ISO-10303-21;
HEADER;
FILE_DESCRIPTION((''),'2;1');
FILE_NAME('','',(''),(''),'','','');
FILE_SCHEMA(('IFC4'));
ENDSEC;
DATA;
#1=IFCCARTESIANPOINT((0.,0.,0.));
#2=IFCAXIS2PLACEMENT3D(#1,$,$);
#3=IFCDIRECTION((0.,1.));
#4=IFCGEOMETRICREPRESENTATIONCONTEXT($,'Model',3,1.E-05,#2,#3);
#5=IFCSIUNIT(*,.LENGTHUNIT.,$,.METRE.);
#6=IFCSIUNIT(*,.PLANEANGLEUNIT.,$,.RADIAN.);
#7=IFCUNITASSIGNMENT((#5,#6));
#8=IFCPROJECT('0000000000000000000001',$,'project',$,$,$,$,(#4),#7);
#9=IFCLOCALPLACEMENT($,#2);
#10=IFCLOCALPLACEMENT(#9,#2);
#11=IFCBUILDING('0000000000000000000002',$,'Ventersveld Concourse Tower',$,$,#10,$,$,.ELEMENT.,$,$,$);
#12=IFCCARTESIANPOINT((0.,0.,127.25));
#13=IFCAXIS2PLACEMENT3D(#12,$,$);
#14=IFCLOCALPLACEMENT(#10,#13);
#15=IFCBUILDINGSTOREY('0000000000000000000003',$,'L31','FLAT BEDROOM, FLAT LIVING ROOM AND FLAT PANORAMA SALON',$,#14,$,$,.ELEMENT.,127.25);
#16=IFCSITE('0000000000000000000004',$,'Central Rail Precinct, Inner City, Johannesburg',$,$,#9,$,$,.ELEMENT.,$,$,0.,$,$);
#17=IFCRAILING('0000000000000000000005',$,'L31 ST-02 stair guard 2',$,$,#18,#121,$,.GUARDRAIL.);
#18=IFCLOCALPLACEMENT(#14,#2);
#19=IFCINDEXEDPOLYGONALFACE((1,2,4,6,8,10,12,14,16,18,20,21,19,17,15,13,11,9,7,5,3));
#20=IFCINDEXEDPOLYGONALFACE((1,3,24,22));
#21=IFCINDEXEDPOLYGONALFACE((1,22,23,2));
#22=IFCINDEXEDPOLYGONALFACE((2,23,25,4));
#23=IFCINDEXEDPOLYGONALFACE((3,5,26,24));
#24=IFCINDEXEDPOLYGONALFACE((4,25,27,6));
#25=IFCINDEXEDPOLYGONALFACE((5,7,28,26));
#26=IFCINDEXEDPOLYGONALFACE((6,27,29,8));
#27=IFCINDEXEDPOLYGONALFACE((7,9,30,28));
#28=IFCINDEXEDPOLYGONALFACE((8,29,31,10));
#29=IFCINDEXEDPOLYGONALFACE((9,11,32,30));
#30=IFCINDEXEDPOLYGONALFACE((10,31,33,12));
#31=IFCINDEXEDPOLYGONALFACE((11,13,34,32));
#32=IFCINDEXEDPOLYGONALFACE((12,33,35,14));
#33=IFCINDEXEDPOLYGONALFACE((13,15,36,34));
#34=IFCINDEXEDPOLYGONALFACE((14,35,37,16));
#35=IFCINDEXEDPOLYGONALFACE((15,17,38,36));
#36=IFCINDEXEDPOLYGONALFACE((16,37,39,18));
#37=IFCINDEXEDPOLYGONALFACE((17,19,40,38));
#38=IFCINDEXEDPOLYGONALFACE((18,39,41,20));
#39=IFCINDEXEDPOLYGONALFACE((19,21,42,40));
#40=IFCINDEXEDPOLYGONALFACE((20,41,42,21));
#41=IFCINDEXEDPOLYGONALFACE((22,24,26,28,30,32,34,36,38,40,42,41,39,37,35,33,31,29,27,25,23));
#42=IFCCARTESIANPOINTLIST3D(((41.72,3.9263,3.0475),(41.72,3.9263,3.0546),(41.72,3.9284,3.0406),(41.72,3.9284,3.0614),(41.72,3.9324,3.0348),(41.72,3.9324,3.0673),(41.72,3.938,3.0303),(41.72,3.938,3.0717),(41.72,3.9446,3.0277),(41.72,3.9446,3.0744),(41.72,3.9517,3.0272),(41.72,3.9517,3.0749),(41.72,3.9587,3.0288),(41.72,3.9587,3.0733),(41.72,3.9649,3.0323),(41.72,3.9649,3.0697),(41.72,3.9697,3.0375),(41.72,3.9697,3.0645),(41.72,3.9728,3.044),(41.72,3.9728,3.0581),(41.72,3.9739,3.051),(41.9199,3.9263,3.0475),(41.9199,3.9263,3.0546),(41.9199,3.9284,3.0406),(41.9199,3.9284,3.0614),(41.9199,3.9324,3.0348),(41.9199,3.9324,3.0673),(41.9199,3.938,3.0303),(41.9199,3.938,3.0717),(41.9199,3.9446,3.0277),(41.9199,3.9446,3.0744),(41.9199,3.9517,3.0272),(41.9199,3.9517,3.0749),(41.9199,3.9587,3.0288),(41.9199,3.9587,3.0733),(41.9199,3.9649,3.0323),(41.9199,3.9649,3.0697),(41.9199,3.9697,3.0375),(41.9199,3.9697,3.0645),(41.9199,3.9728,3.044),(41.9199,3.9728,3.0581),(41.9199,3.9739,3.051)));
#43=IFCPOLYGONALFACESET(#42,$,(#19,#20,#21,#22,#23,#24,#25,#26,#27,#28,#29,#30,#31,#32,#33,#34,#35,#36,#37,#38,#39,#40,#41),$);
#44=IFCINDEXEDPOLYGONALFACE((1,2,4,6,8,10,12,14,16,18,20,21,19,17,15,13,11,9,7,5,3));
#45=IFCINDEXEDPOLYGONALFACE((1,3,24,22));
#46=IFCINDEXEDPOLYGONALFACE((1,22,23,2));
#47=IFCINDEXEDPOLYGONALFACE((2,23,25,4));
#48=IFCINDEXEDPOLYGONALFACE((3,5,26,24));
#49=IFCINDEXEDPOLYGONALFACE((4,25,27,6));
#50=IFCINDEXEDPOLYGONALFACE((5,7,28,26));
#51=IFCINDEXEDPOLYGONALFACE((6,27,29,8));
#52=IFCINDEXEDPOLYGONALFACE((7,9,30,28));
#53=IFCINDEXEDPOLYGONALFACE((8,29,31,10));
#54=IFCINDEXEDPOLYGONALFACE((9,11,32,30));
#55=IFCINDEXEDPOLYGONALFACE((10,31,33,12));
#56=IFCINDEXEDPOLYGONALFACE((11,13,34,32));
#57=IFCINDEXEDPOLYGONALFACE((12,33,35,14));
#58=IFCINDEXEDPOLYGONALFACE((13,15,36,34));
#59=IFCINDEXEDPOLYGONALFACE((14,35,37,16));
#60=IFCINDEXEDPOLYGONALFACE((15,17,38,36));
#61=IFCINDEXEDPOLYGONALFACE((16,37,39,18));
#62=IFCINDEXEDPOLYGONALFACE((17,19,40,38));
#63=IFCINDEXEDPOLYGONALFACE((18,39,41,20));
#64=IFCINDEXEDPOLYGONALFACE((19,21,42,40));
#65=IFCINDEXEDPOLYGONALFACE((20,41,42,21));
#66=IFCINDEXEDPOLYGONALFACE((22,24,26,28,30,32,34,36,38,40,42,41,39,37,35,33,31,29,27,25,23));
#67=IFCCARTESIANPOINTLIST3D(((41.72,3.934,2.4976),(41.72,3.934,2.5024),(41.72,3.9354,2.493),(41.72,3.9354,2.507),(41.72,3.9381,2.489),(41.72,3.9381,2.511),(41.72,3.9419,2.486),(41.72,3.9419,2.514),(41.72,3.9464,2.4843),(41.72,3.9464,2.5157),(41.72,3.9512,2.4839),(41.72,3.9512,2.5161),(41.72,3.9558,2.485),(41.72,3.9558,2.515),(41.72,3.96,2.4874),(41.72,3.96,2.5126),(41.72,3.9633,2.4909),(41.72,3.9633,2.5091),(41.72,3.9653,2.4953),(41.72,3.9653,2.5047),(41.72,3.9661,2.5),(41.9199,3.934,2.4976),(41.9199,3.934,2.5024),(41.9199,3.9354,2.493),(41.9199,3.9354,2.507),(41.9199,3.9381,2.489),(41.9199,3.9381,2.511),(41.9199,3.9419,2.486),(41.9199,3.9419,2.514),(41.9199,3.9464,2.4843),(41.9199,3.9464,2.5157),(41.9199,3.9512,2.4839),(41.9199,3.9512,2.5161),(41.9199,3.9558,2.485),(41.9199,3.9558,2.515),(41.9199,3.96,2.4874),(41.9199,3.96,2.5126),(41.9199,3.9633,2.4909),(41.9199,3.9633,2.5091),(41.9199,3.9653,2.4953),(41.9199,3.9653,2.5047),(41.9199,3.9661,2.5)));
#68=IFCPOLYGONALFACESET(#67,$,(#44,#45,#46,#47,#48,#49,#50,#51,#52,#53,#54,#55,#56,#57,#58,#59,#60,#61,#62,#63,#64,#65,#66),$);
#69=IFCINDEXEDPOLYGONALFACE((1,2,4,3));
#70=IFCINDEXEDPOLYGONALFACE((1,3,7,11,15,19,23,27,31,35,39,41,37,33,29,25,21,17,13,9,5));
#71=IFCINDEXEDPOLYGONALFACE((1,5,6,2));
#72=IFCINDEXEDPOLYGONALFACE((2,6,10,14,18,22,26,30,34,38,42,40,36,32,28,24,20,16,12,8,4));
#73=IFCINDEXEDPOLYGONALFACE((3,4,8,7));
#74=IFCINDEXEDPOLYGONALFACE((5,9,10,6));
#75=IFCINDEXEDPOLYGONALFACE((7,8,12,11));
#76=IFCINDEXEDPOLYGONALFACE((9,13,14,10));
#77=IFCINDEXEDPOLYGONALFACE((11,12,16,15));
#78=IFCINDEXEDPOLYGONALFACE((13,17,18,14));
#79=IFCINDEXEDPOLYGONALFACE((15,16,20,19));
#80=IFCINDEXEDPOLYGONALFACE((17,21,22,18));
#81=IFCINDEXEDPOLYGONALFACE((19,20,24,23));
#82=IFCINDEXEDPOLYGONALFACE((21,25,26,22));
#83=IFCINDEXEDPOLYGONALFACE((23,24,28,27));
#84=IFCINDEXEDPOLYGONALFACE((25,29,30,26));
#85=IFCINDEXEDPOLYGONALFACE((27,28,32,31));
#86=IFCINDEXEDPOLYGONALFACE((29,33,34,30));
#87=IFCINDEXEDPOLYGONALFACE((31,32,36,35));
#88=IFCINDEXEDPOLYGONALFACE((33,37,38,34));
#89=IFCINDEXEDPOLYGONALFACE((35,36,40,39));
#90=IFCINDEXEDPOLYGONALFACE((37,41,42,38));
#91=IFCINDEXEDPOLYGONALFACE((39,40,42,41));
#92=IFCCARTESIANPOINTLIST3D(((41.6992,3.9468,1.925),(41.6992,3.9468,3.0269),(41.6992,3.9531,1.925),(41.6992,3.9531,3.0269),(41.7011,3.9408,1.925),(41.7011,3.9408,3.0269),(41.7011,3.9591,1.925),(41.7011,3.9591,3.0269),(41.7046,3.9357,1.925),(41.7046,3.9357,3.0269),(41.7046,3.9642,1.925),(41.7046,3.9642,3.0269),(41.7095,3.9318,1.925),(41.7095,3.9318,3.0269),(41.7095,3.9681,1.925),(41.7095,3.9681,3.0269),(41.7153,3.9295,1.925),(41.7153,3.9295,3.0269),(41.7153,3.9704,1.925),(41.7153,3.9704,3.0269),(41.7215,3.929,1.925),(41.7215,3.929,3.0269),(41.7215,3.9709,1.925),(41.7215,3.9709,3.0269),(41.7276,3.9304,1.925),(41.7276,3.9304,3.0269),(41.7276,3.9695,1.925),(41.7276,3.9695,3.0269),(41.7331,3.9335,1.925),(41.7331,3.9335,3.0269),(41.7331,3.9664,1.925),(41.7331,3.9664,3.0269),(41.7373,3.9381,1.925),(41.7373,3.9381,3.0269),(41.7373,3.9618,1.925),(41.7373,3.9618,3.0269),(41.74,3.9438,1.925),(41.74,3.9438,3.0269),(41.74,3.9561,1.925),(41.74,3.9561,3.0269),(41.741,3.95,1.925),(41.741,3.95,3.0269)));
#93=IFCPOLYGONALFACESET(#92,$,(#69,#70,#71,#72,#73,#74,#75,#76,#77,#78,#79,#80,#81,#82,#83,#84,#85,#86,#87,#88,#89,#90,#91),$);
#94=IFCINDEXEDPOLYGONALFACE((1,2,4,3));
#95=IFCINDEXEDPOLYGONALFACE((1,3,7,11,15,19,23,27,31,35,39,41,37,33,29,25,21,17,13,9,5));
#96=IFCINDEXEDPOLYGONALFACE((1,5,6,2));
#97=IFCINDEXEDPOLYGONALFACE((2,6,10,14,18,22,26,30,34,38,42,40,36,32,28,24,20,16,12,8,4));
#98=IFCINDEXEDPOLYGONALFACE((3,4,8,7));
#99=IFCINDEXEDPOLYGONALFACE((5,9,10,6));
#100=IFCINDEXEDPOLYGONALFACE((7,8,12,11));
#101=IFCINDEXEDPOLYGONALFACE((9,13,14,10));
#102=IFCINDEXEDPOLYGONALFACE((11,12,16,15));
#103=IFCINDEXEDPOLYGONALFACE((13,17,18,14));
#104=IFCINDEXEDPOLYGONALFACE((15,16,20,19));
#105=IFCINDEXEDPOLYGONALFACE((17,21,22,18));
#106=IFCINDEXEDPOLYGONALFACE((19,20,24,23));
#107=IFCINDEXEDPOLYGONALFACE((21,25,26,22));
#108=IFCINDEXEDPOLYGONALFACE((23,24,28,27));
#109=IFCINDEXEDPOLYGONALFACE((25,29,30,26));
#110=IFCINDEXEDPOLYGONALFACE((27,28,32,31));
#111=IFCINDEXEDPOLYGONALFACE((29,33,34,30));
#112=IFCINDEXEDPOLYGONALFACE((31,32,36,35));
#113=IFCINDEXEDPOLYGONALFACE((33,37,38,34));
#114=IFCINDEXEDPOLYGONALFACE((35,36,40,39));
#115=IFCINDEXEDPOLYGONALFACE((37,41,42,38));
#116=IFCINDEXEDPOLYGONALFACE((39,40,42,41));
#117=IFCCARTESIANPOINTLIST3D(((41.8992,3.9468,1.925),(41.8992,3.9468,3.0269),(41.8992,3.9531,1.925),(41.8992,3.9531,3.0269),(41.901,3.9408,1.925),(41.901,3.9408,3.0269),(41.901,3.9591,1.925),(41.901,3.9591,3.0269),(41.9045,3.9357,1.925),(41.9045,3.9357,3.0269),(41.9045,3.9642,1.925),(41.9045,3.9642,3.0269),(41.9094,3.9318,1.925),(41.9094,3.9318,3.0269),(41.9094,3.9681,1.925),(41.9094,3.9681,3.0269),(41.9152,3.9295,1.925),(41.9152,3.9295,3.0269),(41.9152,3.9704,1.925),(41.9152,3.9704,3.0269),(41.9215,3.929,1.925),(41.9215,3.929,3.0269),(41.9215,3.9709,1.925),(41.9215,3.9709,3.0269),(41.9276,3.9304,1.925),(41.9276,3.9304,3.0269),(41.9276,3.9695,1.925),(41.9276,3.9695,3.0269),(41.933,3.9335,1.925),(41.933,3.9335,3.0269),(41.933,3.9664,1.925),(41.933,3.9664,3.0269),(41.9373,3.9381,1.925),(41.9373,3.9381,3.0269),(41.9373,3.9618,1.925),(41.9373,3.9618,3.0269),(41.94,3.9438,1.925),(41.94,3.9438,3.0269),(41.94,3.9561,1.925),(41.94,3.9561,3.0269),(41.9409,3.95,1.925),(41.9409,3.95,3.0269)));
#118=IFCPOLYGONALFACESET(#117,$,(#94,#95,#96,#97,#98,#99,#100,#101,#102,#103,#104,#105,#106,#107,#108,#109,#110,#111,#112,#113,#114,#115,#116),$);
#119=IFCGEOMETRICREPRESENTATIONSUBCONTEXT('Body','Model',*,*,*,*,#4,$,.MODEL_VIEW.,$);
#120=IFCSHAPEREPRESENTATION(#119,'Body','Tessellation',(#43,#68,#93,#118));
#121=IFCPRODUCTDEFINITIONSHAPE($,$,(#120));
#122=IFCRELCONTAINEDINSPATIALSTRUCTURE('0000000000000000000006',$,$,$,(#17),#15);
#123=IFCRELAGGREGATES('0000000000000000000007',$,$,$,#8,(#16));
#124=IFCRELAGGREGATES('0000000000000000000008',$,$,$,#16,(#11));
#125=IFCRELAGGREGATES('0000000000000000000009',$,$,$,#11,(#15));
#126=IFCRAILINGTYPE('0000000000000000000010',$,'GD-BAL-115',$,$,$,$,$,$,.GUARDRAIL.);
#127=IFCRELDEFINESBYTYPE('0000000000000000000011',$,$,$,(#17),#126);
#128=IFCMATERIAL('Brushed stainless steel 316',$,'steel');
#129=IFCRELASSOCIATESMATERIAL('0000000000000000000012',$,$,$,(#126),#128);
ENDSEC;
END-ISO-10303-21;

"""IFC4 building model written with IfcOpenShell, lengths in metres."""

from ifc_helpers import new_model, si_unit, direction, frame, origin, origin_2d, place, context, subcontext, project, spatial, circle, extrude, material, type_object, element, save


model = new_model("IFC4")

# Units and contexts
model_context = context("Model", 3, precision=1e-05, world=origin(), true_north=direction((0.0, 1.0)))
body_context = subcontext(model_context, "Body", "Model", "MODEL_VIEW")
ifc_project = project(units=[si_unit("LENGTHUNIT", "METRE"), si_unit("PLANEANGLEUNIT", "RADIAN")], contexts=[model_context])

# Site, building, storey
site_placement = place(None, origin())
site = spatial("IfcSite", under=ifc_project, at=site_placement, Name="Central Rail Precinct, Inner City, Johannesburg", CompositionType="ELEMENT", RefElevation=0.0)
building_placement = place(site_placement, origin())
building = spatial("IfcBuilding", under=site, at=building_placement, Name="Ventersveld Concourse Tower", CompositionType="ELEMENT")
storey_placement = place(building_placement, frame((0.0, 0.0, 127.25)))
storey = spatial("IfcBuildingStorey", under=building, at=storey_placement, Name="L31", Description="FLAT BEDROOM, FLAT LIVING ROOM AND FLAT PANORAMA SALON", CompositionType="ELEMENT", Elevation=127.25)

# Railing
ifc_material_1 = material(Name="Brushed stainless steel 316", Category="steel")
railing_type_1 = type_object("IfcRailingType", Name="GD-BAL-115", PredefinedType="GUARDRAIL", material=ifc_material_1)
railing_1_placement = place(storey_placement, frame((41.72, 3.95, 1.925)))
element("IfcRailing", 1, at=railing_1_placement, inside=storey, type_object=railing_type_1, Name="L31 ST-02 stair guard 2", PredefinedType="GUARDRAIL", context=body_context, shape_type="SweptSolid", body=[
    extrude(circle(Radius=0.0239, at=origin_2d()), frame((0.0, 0.0, 1.126), z_axis=(1.0, 0.0, 0.0), x_axis=(0.0, 1.0, 0.0)), (0.0, 0.0, 1.0), 0.2),
    extrude(circle(Radius=0.0161, at=origin_2d()), frame((0.0, 0.0, 0.575), z_axis=(1.0, 0.0, 0.0), x_axis=(0.0, 1.0, 0.0)), (0.0, 0.0, 1.0), 0.2),
    extrude(circle(Radius=0.021, at=origin_2d()), origin(), (0.0, 0.0, 1.0), 1.1018),
    extrude(circle(Radius=0.021, at=origin_2d()), frame((0.2, 0.0, 0.0)), (0.0, 0.0, 1.0), 1.1018),
])

save(model, "model.ifc")
